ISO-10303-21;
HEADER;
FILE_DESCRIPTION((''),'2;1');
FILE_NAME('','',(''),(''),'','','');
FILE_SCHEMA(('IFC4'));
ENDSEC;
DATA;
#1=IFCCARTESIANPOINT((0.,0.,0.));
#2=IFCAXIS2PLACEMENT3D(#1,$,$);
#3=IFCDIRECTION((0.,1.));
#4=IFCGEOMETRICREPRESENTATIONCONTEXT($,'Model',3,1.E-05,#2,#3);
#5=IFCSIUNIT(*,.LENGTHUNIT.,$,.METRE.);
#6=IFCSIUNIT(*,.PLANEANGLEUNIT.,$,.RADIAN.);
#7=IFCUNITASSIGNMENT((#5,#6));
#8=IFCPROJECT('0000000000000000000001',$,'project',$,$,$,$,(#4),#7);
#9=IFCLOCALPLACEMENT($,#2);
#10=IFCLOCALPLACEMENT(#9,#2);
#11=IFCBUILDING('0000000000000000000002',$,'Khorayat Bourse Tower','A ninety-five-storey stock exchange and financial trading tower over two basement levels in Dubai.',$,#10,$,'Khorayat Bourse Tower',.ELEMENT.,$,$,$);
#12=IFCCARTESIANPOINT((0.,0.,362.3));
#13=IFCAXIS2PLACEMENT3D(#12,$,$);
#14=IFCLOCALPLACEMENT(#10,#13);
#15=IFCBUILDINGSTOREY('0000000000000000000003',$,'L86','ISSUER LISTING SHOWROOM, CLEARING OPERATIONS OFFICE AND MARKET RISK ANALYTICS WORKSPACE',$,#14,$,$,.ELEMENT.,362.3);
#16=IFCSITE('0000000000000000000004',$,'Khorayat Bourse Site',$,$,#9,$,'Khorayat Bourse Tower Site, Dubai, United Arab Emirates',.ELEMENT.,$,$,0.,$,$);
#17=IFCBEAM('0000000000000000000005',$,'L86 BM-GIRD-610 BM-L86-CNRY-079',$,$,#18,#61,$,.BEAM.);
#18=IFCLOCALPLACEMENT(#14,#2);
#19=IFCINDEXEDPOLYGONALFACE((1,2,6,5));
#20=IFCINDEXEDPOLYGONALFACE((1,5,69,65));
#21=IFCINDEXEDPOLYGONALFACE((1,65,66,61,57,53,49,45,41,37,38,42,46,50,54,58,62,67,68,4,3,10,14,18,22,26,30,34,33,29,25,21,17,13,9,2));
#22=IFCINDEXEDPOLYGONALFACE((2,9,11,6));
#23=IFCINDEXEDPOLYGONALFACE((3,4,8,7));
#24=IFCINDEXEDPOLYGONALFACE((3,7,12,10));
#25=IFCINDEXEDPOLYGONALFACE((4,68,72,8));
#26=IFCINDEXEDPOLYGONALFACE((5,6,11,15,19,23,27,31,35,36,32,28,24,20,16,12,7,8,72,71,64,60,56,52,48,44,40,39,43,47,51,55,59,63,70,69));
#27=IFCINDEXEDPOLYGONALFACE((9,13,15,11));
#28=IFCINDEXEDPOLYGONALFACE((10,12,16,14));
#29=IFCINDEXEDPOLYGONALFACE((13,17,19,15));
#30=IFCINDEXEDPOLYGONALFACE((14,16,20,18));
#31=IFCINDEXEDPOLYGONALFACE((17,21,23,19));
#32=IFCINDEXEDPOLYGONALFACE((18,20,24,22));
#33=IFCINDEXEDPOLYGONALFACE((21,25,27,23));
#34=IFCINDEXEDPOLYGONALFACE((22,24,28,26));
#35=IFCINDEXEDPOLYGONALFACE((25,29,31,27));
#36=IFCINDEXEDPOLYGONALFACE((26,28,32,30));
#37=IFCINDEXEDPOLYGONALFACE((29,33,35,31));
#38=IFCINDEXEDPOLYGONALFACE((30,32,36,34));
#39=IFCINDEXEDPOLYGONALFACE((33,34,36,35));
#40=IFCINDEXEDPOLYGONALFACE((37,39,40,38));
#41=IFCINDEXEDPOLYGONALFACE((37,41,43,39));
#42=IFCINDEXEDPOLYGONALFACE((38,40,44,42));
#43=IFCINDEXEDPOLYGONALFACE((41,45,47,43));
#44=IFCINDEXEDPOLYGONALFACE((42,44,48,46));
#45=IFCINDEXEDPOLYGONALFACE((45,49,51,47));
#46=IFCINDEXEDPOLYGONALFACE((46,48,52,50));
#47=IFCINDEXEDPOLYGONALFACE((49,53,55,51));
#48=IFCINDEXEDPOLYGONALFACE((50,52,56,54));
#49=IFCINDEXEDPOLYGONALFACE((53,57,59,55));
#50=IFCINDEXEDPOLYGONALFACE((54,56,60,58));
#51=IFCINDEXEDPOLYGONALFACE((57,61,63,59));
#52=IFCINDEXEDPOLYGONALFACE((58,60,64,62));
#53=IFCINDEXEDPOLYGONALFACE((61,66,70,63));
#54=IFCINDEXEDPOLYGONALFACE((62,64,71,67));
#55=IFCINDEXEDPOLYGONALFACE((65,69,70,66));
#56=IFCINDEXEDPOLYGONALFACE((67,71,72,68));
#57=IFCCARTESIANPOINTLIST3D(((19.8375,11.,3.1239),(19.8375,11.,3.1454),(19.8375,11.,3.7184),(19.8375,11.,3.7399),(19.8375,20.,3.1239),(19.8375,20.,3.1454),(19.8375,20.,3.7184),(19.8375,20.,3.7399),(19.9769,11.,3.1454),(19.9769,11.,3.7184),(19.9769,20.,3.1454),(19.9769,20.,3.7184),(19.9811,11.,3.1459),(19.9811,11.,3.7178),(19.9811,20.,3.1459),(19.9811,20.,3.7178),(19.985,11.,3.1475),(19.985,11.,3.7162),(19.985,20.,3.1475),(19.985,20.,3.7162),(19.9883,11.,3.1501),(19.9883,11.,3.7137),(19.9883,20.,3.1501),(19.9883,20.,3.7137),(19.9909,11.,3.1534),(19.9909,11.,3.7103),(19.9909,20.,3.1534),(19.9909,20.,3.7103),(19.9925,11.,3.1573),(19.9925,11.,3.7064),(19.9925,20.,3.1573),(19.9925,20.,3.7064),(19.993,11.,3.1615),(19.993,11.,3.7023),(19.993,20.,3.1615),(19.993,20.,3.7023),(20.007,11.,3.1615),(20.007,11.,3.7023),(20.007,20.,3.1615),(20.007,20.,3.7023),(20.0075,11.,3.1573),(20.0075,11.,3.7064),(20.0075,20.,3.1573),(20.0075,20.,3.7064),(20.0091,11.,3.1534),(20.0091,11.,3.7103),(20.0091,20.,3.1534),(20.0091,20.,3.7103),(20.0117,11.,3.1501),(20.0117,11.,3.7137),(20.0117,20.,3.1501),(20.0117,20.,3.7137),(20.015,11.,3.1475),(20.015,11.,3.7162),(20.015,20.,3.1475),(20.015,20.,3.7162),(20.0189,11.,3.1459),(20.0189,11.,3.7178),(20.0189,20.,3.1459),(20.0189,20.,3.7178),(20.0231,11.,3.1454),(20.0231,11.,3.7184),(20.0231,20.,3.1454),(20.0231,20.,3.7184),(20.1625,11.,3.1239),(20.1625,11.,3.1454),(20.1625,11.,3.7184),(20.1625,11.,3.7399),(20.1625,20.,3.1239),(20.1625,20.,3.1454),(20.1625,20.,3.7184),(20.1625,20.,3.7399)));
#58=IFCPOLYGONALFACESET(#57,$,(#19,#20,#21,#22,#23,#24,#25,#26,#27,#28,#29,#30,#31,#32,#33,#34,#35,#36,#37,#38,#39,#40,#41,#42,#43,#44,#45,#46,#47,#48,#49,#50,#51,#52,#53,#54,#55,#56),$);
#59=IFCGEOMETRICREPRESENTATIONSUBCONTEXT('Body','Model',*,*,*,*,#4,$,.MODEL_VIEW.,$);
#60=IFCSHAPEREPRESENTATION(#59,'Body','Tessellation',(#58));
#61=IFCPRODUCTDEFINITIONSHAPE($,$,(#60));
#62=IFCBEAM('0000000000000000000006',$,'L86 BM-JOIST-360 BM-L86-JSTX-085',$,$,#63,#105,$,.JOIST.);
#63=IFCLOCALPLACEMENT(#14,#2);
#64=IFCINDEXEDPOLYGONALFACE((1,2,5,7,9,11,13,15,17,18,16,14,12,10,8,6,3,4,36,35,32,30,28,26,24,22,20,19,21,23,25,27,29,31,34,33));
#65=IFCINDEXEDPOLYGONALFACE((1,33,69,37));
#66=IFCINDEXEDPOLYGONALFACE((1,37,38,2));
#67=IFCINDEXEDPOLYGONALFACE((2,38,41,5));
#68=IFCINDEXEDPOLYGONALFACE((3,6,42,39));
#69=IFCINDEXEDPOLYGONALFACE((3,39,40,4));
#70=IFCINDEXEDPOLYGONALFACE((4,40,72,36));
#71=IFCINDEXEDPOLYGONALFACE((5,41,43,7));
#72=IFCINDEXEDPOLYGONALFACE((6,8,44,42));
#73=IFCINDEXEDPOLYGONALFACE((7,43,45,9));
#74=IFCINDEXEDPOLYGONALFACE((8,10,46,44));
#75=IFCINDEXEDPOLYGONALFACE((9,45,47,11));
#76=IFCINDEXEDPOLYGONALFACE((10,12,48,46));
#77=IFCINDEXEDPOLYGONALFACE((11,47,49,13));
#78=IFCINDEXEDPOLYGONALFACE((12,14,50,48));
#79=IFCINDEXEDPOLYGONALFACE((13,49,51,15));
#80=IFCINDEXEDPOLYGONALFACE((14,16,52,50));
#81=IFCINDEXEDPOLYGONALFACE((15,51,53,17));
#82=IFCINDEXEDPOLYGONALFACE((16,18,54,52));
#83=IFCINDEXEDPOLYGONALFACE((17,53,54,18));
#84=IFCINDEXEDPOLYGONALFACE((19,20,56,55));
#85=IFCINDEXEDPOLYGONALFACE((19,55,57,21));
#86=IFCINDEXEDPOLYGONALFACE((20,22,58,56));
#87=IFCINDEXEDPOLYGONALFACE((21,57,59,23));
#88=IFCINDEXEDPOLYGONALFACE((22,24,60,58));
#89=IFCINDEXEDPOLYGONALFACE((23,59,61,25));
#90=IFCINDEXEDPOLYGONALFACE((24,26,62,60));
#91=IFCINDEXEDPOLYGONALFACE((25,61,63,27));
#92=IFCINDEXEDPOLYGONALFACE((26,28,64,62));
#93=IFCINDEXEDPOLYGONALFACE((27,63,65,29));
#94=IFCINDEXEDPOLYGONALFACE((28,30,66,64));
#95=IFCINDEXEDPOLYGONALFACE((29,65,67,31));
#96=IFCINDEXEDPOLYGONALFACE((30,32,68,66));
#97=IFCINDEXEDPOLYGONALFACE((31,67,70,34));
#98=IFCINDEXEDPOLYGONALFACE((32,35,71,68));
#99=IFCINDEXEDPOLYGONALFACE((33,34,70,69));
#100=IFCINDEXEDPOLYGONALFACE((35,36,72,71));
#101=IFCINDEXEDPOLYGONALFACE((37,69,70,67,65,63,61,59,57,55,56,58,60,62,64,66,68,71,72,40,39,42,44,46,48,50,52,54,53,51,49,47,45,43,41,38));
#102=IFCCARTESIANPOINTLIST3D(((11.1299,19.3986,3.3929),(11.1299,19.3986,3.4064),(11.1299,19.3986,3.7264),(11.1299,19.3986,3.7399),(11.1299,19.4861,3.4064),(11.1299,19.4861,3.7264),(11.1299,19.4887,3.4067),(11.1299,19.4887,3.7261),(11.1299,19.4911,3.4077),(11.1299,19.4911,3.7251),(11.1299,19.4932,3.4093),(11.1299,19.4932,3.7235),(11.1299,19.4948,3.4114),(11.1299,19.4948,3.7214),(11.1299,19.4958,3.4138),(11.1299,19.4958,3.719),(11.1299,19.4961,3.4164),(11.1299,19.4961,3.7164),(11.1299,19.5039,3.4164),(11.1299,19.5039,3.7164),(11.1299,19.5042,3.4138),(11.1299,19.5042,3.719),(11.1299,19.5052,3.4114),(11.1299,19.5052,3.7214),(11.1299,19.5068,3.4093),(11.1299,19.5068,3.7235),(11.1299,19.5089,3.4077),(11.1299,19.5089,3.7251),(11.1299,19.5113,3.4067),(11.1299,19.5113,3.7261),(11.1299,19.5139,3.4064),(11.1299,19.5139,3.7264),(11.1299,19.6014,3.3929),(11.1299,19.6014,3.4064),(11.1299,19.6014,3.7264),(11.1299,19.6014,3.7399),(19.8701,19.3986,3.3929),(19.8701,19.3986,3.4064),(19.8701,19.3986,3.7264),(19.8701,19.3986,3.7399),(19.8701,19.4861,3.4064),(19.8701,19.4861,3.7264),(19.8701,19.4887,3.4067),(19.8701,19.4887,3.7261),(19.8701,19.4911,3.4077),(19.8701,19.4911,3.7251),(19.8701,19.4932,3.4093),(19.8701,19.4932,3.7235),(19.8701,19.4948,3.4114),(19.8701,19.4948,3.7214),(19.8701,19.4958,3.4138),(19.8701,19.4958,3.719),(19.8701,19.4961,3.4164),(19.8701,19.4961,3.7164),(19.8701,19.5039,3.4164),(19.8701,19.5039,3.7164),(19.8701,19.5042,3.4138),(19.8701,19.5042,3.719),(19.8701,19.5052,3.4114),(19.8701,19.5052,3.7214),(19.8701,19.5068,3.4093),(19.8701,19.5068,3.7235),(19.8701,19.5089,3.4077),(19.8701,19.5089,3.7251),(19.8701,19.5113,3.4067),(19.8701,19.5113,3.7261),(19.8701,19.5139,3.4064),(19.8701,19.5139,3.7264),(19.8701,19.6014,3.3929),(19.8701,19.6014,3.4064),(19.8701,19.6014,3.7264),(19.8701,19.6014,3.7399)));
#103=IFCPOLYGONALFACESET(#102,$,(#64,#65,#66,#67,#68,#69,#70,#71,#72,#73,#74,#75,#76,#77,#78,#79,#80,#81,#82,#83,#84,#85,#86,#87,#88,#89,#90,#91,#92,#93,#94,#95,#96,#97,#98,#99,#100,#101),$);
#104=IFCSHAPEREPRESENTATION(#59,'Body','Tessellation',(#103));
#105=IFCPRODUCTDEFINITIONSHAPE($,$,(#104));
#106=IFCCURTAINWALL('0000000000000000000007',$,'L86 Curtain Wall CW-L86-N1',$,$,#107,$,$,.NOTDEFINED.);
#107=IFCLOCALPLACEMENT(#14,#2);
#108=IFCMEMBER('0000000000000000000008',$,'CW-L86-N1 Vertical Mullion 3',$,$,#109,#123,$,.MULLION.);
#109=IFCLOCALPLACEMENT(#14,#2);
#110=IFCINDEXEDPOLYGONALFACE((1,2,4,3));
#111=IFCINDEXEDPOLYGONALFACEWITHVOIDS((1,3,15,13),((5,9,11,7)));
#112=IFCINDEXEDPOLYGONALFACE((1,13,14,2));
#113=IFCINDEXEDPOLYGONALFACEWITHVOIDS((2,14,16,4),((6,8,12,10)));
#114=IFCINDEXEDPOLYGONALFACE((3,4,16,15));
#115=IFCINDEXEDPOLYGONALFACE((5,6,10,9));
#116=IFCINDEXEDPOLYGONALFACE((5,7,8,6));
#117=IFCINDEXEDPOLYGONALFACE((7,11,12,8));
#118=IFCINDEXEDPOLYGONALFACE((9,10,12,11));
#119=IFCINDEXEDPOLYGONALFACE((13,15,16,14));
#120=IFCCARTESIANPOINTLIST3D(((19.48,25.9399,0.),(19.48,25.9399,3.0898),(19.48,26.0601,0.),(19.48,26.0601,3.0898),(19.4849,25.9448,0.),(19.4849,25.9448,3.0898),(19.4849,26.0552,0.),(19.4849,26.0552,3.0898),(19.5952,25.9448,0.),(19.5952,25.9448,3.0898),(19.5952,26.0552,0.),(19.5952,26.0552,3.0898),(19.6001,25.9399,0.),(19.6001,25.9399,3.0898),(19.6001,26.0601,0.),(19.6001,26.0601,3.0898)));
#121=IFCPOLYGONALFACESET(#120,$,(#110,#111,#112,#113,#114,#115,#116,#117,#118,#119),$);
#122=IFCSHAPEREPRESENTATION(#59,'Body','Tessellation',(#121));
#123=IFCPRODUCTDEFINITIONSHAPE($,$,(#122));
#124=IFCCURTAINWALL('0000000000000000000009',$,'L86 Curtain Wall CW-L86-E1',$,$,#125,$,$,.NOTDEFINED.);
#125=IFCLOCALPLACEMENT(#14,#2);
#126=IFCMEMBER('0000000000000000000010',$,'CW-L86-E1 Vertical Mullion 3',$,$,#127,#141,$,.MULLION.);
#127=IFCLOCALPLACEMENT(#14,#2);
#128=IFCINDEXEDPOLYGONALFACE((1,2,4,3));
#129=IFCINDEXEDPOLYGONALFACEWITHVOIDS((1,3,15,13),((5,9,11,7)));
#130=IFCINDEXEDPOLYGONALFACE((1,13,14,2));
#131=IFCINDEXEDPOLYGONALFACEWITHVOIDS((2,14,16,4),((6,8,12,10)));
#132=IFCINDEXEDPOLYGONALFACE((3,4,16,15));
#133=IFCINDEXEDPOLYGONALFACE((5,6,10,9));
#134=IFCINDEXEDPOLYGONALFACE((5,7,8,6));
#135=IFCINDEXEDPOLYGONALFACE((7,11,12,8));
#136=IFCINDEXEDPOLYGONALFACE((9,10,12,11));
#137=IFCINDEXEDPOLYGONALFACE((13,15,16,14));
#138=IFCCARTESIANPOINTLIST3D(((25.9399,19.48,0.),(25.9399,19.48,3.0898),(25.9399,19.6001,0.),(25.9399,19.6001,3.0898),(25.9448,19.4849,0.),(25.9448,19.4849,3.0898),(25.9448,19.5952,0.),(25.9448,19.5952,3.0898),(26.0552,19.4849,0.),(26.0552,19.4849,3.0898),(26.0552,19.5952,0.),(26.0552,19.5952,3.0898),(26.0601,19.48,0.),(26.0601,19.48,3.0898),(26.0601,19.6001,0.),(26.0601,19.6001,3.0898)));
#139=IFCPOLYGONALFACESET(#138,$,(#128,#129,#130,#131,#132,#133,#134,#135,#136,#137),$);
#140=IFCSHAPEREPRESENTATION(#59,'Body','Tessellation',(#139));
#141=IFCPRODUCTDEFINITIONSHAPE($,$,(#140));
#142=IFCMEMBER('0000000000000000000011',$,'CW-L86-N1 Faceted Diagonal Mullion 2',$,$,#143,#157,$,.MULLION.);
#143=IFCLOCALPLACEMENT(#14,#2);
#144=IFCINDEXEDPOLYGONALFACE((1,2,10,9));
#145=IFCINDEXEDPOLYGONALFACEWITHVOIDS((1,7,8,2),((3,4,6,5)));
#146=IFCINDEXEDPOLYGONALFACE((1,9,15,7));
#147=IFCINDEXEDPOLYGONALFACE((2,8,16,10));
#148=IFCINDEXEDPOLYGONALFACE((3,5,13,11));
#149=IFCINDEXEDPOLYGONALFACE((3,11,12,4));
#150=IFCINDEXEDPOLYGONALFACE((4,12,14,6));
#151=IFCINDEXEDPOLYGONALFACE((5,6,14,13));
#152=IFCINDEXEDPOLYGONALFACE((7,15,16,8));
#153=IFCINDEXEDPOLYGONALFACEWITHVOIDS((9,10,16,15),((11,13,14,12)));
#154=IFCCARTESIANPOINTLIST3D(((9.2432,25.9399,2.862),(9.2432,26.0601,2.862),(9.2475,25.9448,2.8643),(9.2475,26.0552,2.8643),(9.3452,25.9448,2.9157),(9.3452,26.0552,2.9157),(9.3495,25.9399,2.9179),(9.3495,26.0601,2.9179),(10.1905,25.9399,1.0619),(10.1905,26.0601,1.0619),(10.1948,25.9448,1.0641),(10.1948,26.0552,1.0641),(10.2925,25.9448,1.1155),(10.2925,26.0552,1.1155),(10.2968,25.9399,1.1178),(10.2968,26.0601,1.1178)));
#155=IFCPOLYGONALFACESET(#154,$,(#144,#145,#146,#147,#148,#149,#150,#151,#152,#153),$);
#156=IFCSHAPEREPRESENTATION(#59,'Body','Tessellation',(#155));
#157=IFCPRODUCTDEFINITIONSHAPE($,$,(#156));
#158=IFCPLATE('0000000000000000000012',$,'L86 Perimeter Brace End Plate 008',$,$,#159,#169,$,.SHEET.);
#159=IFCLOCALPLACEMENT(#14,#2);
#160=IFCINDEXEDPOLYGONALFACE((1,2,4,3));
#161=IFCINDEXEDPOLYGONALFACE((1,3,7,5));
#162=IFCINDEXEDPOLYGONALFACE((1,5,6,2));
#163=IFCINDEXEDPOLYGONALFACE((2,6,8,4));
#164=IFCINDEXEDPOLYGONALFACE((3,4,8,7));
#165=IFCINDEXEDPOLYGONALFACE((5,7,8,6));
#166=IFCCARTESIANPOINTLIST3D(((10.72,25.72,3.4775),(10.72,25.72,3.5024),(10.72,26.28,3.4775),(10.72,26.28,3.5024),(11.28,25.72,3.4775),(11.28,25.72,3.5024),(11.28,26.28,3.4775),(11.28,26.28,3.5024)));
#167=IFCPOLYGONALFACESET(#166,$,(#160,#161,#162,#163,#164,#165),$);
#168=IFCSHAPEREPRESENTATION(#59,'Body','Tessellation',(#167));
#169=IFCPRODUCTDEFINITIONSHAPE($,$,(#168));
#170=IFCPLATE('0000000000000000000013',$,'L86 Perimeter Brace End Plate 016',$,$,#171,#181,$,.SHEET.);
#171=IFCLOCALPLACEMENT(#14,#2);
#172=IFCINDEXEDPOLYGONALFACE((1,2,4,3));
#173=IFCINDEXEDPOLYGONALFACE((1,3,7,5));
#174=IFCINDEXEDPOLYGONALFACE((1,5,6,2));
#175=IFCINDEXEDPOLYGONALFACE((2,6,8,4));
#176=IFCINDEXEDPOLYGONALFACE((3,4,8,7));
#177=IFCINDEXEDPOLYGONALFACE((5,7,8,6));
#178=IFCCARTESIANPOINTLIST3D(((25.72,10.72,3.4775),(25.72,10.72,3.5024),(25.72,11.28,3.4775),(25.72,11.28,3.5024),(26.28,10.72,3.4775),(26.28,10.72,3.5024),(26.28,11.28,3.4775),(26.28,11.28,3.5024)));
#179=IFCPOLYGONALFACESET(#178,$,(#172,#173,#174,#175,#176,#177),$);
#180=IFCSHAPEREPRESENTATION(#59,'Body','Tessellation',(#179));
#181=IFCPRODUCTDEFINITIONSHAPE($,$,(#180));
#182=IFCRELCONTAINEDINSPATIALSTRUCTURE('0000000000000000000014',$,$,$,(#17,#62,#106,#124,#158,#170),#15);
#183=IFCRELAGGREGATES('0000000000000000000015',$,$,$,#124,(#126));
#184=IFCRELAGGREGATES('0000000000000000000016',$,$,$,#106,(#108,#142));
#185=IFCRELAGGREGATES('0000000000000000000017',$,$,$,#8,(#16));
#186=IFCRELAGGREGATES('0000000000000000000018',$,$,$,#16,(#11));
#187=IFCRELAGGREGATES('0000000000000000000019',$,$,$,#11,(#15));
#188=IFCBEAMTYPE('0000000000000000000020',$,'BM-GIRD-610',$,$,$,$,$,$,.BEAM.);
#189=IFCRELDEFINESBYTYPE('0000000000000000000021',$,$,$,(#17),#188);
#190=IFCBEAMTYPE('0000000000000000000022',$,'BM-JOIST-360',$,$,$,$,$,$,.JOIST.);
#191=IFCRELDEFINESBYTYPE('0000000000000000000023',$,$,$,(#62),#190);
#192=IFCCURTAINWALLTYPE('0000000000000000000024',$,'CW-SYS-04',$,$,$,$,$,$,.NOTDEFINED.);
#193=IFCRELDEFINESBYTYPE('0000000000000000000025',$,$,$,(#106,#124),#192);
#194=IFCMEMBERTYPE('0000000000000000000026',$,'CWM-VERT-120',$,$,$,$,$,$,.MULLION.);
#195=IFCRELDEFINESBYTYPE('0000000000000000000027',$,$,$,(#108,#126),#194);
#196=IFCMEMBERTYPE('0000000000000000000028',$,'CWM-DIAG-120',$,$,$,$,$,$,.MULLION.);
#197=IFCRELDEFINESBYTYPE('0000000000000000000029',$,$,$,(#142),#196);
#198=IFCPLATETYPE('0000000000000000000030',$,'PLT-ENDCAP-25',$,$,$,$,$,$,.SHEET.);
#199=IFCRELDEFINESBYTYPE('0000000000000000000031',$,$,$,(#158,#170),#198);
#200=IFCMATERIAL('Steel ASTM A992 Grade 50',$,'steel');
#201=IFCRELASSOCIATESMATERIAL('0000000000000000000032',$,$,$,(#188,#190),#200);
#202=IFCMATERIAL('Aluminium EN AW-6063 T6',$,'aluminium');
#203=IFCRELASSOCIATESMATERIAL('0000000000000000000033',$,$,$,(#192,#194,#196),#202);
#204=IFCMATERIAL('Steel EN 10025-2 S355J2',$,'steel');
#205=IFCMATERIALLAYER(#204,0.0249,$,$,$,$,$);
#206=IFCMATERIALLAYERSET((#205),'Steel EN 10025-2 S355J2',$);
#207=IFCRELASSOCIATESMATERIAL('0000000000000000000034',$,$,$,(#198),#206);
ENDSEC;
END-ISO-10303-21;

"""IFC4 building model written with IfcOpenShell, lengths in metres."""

from ifc_helpers import new_model, si_unit, direction, frame, origin, origin_2d, place, context, subcontext, project, spatial, rectangle, hollow_rectangle, i_section, extrude, source, transform, mapped, material, layer, layer_set, material_profile, profile_set, type_object, element, aggregate, save


model = new_model("IFC4")

# Units and contexts
model_context = context("Model", 3, precision=1e-05, world=origin(), true_north=direction((0.0, 1.0)))
body_context = subcontext(model_context, "Body", "Model", "MODEL_VIEW")
ifc_project = project(units=[si_unit("LENGTHUNIT", "METRE"), si_unit("PLANEANGLEUNIT", "RADIAN")], contexts=[model_context])

# Site, building, storey
site_placement = place(None, origin())
site = spatial("IfcSite", under=ifc_project, at=site_placement, Name="Khorayat Bourse Site", LongName="Khorayat Bourse Tower Site, Dubai, United Arab Emirates", CompositionType="ELEMENT", RefElevation=0.0)
building_placement = place(site_placement, origin())
building = spatial("IfcBuilding", under=site, at=building_placement, Name="Khorayat Bourse Tower", Description="A ninety-five-storey stock exchange and financial trading tower over two basement levels in Dubai.", LongName="Khorayat Bourse Tower", CompositionType="ELEMENT")
storey_placement = place(building_placement, frame((0.0, 0.0, 362.3)))
storey = spatial("IfcBuildingStorey", under=building, at=storey_placement, Name="L86", Description="ISSUER LISTING SHOWROOM, CLEARING OPERATIONS OFFICE AND MARKET RISK ANALYTICS WORKSPACE", CompositionType="ELEMENT", Elevation=362.3)

# Shared definitions
ifc_material_1 = material(Name="Steel EN 10025-2 S355J2", Category="steel")

# Beams
ifc_material_2 = material(Name="Steel ASTM A992 Grade 50", Category="steel")
ifc_material_profile_1 = material_profile(ifc_material_2, i_section(OverallWidth=0.325, OverallDepth=0.616, WebThickness=0.0139, FlangeThickness=0.0215, FilletRadius=0.0161, at=origin_2d()), Name="W610X174")
ifc_profile_set_1 = profile_set([ifc_material_profile_1], Name="Steel ASTM A992 Grade 50")
beam_type_1 = type_object("IfcBeamType", Name="BM-GIRD-610", PredefinedType="BEAM", material=ifc_profile_set_1)
shared_shape_1 = source(origin(), body_context, "Body", "SweptSolid", [
    extrude(i_section(OverallWidth=0.325, OverallDepth=0.616, WebThickness=0.0139, FlangeThickness=0.0215, FilletRadius=0.0161, at=origin_2d()), origin(), (0.0, 0.0, 1.0), 9.0),
])
beam_1_placement = place(storey_placement, frame((20.0, 11.0, 3.4319), z_axis=(0.0, 1.0, 0.0), x_axis=(-1.0, 0.0, 0.0)))
element("IfcBeam", 1, at=beam_1_placement, inside=storey, type_object=beam_type_1, Name="L86 BM-GIRD-610 BM-L86-CNRY-079", PredefinedType="BEAM", context=body_context, shape_type="MappedRepresentation", body=[
    mapped(shared_shape_1, transform((0.0, 0.0, 0.0), scale=1.0)),
])
ifc_material_profile_2 = material_profile(ifc_material_2, i_section(OverallWidth=0.2029, OverallDepth=0.3469, WebThickness=0.0078, FlangeThickness=0.0134, FilletRadius=0.01, at=origin_2d()), Name="W360X64")
ifc_profile_set_2 = profile_set([ifc_material_profile_2], Name="Steel ASTM A992 Grade 50")
beam_type_2 = type_object("IfcBeamType", Name="BM-JOIST-360", PredefinedType="JOIST", material=ifc_profile_set_2)
shared_shape_2 = source(origin(), body_context, "Body", "SweptSolid", [
    extrude(i_section(OverallWidth=0.2029, OverallDepth=0.3469, WebThickness=0.0078, FlangeThickness=0.0134, FilletRadius=0.01, at=origin_2d()), origin(), (0.0, 0.0, 1.0), 8.7402),
])
beam_2_placement = place(storey_placement, frame((11.1299, 19.5, 3.5664), z_axis=(1.0, 0.0, 0.0), x_axis=(0.0, 1.0, 0.0)))
element("IfcBeam", 2, at=beam_2_placement, inside=storey, type_object=beam_type_2, Name="L86 BM-JOIST-360 BM-L86-JSTX-085", PredefinedType="JOIST", context=body_context, shape_type="MappedRepresentation", body=[
    mapped(shared_shape_2, transform((0.0, 0.0, 0.0), scale=1.0)),
])

# Curtain walls, members
ifc_material_3 = material(Name="Aluminium EN AW-6063 T6", Category="aluminium")
curtain_wall_type = type_object("IfcCurtainWallType", Name="CW-SYS-04", PredefinedType="NOTDEFINED", material=ifc_material_3)
curtain_wall_1_placement = place(storey_placement, origin())
curtain_wall_1 = element("IfcCurtainWall", 3, at=curtain_wall_1_placement, inside=storey, type_object=curtain_wall_type, Name="L86 Curtain Wall CW-L86-N1", PredefinedType="NOTDEFINED")
ifc_material_profile_3 = material_profile(ifc_material_3, hollow_rectangle(XDim=0.1201, YDim=0.1201, WallThickness=0.0049, at=origin_2d()), Name="ALU 120x120x5")
ifc_profile_set_3 = profile_set([ifc_material_profile_3], Name="Aluminium EN AW-6063 T6")
member_type_1 = type_object("IfcMemberType", Name="CWM-VERT-120", PredefinedType="MULLION", material=ifc_profile_set_3)
shared_shape_3 = source(origin(), body_context, "Body", "SweptSolid", [
    extrude(hollow_rectangle(XDim=0.1201, YDim=0.1201, WallThickness=0.0049, at=origin_2d()), origin(), (0.0, 0.0, 1.0), 3.0898),
])
member_1_placement = place(storey_placement, frame((19.54, 26.0, 0.0), z_axis=(0.0, 0.0, 1.0), x_axis=(0.0, 1.0, 0.0)))
member_1 = element("IfcMember", 4, at=member_1_placement, type_object=member_type_1, Name="CW-L86-N1 Vertical Mullion 3", PredefinedType="MULLION", context=body_context, shape_type="MappedRepresentation", body=[
    mapped(shared_shape_3, transform((0.0, 0.0, 0.0), scale=1.0)),
])
curtain_wall_2_placement = place(storey_placement, origin())
curtain_wall_2 = element("IfcCurtainWall", 5, at=curtain_wall_2_placement, inside=storey, type_object=curtain_wall_type, Name="L86 Curtain Wall CW-L86-E1", PredefinedType="NOTDEFINED")
member_2_placement = place(storey_placement, frame((26.0, 19.54, 0.0), z_axis=(0.0, 0.0, 1.0), x_axis=(-1.0, 0.0, 0.0)))
member_2 = element("IfcMember", 6, at=member_2_placement, type_object=member_type_1, Name="CW-L86-E1 Vertical Mullion 3", PredefinedType="MULLION", context=body_context, shape_type="MappedRepresentation", body=[
    mapped(shared_shape_3, transform((0.0, 0.0, 0.0), scale=1.0)),
])
aggregate(curtain_wall_2, [member_2])

# Member
ifc_material_profile_4 = material_profile(ifc_material_3, hollow_rectangle(XDim=0.1201, YDim=0.1201, WallThickness=0.0049, at=origin_2d()), Name="ALU 120x120x5")
ifc_profile_set_4 = profile_set([ifc_material_profile_4], Name="Aluminium EN AW-6063 T6")
member_type_2 = type_object("IfcMemberType", Name="CWM-DIAG-120", PredefinedType="MULLION", material=ifc_profile_set_4)
shared_shape_4 = source(origin(), body_context, "Body", "SweptSolid", [
    extrude(hollow_rectangle(XDim=0.1201, YDim=0.1201, WallThickness=0.0049, at=origin_2d()), origin(), (0.0, 0.0, 1.0), 2.0342),
])
member_3_placement = place(storey_placement, frame((10.2437, 26.0, 1.0898), z_axis=(-0.465697, 0.0, 0.884944), x_axis=(0.0, -1.0, 0.0)))
member_3 = element("IfcMember", 7, at=member_3_placement, type_object=member_type_2, Name="CW-L86-N1 Faceted Diagonal Mullion 2", PredefinedType="MULLION", context=body_context, shape_type="MappedRepresentation", body=[
    mapped(shared_shape_4, transform((0.0, 0.0, 0.0), scale=1.0)),
])

# Plates
ifc_layer_1 = layer(ifc_material_1, 0.0249)
ifc_layer_set_1 = layer_set([ifc_layer_1], Name="Steel EN 10025-2 S355J2")
plate_type_1 = type_object("IfcPlateType", Name="PLT-ENDCAP-25", PredefinedType="SHEET", material=ifc_layer_set_1)
shared_shape_5 = source(origin(), body_context, "Body", "SweptSolid", [
    extrude(rectangle(XDim=0.5601, YDim=0.5601, at=origin_2d()), origin(), (0.0, 0.0, 1.0), 0.0249),
])
for number, where, z_axis, x_axis, name in (
    (8, (11.0, 26.0, 3.4775), (0.0, 0.0, 1.0), (1.0, 0.0, 0.0), "L86 Perimeter Brace End Plate 008"),
    (9, (26.0, 11.0, 3.4775), (0.0, 0.0, 1.0), (1.0, 0.0, 0.0), "L86 Perimeter Brace End Plate 016"),
):
    element("IfcPlate", number, at=place(storey_placement, frame(where, z_axis=z_axis, x_axis=x_axis)), inside=storey, type_object=plate_type_1, Name=name, PredefinedType="SHEET", context=body_context, shape_type="MappedRepresentation", body=[
        mapped(shared_shape_5, transform((0.0, 0.0, 0.0), scale=1.0)),
    ])

aggregate(curtain_wall_1, [member_1, member_3])

save(model, "model.ifc")
